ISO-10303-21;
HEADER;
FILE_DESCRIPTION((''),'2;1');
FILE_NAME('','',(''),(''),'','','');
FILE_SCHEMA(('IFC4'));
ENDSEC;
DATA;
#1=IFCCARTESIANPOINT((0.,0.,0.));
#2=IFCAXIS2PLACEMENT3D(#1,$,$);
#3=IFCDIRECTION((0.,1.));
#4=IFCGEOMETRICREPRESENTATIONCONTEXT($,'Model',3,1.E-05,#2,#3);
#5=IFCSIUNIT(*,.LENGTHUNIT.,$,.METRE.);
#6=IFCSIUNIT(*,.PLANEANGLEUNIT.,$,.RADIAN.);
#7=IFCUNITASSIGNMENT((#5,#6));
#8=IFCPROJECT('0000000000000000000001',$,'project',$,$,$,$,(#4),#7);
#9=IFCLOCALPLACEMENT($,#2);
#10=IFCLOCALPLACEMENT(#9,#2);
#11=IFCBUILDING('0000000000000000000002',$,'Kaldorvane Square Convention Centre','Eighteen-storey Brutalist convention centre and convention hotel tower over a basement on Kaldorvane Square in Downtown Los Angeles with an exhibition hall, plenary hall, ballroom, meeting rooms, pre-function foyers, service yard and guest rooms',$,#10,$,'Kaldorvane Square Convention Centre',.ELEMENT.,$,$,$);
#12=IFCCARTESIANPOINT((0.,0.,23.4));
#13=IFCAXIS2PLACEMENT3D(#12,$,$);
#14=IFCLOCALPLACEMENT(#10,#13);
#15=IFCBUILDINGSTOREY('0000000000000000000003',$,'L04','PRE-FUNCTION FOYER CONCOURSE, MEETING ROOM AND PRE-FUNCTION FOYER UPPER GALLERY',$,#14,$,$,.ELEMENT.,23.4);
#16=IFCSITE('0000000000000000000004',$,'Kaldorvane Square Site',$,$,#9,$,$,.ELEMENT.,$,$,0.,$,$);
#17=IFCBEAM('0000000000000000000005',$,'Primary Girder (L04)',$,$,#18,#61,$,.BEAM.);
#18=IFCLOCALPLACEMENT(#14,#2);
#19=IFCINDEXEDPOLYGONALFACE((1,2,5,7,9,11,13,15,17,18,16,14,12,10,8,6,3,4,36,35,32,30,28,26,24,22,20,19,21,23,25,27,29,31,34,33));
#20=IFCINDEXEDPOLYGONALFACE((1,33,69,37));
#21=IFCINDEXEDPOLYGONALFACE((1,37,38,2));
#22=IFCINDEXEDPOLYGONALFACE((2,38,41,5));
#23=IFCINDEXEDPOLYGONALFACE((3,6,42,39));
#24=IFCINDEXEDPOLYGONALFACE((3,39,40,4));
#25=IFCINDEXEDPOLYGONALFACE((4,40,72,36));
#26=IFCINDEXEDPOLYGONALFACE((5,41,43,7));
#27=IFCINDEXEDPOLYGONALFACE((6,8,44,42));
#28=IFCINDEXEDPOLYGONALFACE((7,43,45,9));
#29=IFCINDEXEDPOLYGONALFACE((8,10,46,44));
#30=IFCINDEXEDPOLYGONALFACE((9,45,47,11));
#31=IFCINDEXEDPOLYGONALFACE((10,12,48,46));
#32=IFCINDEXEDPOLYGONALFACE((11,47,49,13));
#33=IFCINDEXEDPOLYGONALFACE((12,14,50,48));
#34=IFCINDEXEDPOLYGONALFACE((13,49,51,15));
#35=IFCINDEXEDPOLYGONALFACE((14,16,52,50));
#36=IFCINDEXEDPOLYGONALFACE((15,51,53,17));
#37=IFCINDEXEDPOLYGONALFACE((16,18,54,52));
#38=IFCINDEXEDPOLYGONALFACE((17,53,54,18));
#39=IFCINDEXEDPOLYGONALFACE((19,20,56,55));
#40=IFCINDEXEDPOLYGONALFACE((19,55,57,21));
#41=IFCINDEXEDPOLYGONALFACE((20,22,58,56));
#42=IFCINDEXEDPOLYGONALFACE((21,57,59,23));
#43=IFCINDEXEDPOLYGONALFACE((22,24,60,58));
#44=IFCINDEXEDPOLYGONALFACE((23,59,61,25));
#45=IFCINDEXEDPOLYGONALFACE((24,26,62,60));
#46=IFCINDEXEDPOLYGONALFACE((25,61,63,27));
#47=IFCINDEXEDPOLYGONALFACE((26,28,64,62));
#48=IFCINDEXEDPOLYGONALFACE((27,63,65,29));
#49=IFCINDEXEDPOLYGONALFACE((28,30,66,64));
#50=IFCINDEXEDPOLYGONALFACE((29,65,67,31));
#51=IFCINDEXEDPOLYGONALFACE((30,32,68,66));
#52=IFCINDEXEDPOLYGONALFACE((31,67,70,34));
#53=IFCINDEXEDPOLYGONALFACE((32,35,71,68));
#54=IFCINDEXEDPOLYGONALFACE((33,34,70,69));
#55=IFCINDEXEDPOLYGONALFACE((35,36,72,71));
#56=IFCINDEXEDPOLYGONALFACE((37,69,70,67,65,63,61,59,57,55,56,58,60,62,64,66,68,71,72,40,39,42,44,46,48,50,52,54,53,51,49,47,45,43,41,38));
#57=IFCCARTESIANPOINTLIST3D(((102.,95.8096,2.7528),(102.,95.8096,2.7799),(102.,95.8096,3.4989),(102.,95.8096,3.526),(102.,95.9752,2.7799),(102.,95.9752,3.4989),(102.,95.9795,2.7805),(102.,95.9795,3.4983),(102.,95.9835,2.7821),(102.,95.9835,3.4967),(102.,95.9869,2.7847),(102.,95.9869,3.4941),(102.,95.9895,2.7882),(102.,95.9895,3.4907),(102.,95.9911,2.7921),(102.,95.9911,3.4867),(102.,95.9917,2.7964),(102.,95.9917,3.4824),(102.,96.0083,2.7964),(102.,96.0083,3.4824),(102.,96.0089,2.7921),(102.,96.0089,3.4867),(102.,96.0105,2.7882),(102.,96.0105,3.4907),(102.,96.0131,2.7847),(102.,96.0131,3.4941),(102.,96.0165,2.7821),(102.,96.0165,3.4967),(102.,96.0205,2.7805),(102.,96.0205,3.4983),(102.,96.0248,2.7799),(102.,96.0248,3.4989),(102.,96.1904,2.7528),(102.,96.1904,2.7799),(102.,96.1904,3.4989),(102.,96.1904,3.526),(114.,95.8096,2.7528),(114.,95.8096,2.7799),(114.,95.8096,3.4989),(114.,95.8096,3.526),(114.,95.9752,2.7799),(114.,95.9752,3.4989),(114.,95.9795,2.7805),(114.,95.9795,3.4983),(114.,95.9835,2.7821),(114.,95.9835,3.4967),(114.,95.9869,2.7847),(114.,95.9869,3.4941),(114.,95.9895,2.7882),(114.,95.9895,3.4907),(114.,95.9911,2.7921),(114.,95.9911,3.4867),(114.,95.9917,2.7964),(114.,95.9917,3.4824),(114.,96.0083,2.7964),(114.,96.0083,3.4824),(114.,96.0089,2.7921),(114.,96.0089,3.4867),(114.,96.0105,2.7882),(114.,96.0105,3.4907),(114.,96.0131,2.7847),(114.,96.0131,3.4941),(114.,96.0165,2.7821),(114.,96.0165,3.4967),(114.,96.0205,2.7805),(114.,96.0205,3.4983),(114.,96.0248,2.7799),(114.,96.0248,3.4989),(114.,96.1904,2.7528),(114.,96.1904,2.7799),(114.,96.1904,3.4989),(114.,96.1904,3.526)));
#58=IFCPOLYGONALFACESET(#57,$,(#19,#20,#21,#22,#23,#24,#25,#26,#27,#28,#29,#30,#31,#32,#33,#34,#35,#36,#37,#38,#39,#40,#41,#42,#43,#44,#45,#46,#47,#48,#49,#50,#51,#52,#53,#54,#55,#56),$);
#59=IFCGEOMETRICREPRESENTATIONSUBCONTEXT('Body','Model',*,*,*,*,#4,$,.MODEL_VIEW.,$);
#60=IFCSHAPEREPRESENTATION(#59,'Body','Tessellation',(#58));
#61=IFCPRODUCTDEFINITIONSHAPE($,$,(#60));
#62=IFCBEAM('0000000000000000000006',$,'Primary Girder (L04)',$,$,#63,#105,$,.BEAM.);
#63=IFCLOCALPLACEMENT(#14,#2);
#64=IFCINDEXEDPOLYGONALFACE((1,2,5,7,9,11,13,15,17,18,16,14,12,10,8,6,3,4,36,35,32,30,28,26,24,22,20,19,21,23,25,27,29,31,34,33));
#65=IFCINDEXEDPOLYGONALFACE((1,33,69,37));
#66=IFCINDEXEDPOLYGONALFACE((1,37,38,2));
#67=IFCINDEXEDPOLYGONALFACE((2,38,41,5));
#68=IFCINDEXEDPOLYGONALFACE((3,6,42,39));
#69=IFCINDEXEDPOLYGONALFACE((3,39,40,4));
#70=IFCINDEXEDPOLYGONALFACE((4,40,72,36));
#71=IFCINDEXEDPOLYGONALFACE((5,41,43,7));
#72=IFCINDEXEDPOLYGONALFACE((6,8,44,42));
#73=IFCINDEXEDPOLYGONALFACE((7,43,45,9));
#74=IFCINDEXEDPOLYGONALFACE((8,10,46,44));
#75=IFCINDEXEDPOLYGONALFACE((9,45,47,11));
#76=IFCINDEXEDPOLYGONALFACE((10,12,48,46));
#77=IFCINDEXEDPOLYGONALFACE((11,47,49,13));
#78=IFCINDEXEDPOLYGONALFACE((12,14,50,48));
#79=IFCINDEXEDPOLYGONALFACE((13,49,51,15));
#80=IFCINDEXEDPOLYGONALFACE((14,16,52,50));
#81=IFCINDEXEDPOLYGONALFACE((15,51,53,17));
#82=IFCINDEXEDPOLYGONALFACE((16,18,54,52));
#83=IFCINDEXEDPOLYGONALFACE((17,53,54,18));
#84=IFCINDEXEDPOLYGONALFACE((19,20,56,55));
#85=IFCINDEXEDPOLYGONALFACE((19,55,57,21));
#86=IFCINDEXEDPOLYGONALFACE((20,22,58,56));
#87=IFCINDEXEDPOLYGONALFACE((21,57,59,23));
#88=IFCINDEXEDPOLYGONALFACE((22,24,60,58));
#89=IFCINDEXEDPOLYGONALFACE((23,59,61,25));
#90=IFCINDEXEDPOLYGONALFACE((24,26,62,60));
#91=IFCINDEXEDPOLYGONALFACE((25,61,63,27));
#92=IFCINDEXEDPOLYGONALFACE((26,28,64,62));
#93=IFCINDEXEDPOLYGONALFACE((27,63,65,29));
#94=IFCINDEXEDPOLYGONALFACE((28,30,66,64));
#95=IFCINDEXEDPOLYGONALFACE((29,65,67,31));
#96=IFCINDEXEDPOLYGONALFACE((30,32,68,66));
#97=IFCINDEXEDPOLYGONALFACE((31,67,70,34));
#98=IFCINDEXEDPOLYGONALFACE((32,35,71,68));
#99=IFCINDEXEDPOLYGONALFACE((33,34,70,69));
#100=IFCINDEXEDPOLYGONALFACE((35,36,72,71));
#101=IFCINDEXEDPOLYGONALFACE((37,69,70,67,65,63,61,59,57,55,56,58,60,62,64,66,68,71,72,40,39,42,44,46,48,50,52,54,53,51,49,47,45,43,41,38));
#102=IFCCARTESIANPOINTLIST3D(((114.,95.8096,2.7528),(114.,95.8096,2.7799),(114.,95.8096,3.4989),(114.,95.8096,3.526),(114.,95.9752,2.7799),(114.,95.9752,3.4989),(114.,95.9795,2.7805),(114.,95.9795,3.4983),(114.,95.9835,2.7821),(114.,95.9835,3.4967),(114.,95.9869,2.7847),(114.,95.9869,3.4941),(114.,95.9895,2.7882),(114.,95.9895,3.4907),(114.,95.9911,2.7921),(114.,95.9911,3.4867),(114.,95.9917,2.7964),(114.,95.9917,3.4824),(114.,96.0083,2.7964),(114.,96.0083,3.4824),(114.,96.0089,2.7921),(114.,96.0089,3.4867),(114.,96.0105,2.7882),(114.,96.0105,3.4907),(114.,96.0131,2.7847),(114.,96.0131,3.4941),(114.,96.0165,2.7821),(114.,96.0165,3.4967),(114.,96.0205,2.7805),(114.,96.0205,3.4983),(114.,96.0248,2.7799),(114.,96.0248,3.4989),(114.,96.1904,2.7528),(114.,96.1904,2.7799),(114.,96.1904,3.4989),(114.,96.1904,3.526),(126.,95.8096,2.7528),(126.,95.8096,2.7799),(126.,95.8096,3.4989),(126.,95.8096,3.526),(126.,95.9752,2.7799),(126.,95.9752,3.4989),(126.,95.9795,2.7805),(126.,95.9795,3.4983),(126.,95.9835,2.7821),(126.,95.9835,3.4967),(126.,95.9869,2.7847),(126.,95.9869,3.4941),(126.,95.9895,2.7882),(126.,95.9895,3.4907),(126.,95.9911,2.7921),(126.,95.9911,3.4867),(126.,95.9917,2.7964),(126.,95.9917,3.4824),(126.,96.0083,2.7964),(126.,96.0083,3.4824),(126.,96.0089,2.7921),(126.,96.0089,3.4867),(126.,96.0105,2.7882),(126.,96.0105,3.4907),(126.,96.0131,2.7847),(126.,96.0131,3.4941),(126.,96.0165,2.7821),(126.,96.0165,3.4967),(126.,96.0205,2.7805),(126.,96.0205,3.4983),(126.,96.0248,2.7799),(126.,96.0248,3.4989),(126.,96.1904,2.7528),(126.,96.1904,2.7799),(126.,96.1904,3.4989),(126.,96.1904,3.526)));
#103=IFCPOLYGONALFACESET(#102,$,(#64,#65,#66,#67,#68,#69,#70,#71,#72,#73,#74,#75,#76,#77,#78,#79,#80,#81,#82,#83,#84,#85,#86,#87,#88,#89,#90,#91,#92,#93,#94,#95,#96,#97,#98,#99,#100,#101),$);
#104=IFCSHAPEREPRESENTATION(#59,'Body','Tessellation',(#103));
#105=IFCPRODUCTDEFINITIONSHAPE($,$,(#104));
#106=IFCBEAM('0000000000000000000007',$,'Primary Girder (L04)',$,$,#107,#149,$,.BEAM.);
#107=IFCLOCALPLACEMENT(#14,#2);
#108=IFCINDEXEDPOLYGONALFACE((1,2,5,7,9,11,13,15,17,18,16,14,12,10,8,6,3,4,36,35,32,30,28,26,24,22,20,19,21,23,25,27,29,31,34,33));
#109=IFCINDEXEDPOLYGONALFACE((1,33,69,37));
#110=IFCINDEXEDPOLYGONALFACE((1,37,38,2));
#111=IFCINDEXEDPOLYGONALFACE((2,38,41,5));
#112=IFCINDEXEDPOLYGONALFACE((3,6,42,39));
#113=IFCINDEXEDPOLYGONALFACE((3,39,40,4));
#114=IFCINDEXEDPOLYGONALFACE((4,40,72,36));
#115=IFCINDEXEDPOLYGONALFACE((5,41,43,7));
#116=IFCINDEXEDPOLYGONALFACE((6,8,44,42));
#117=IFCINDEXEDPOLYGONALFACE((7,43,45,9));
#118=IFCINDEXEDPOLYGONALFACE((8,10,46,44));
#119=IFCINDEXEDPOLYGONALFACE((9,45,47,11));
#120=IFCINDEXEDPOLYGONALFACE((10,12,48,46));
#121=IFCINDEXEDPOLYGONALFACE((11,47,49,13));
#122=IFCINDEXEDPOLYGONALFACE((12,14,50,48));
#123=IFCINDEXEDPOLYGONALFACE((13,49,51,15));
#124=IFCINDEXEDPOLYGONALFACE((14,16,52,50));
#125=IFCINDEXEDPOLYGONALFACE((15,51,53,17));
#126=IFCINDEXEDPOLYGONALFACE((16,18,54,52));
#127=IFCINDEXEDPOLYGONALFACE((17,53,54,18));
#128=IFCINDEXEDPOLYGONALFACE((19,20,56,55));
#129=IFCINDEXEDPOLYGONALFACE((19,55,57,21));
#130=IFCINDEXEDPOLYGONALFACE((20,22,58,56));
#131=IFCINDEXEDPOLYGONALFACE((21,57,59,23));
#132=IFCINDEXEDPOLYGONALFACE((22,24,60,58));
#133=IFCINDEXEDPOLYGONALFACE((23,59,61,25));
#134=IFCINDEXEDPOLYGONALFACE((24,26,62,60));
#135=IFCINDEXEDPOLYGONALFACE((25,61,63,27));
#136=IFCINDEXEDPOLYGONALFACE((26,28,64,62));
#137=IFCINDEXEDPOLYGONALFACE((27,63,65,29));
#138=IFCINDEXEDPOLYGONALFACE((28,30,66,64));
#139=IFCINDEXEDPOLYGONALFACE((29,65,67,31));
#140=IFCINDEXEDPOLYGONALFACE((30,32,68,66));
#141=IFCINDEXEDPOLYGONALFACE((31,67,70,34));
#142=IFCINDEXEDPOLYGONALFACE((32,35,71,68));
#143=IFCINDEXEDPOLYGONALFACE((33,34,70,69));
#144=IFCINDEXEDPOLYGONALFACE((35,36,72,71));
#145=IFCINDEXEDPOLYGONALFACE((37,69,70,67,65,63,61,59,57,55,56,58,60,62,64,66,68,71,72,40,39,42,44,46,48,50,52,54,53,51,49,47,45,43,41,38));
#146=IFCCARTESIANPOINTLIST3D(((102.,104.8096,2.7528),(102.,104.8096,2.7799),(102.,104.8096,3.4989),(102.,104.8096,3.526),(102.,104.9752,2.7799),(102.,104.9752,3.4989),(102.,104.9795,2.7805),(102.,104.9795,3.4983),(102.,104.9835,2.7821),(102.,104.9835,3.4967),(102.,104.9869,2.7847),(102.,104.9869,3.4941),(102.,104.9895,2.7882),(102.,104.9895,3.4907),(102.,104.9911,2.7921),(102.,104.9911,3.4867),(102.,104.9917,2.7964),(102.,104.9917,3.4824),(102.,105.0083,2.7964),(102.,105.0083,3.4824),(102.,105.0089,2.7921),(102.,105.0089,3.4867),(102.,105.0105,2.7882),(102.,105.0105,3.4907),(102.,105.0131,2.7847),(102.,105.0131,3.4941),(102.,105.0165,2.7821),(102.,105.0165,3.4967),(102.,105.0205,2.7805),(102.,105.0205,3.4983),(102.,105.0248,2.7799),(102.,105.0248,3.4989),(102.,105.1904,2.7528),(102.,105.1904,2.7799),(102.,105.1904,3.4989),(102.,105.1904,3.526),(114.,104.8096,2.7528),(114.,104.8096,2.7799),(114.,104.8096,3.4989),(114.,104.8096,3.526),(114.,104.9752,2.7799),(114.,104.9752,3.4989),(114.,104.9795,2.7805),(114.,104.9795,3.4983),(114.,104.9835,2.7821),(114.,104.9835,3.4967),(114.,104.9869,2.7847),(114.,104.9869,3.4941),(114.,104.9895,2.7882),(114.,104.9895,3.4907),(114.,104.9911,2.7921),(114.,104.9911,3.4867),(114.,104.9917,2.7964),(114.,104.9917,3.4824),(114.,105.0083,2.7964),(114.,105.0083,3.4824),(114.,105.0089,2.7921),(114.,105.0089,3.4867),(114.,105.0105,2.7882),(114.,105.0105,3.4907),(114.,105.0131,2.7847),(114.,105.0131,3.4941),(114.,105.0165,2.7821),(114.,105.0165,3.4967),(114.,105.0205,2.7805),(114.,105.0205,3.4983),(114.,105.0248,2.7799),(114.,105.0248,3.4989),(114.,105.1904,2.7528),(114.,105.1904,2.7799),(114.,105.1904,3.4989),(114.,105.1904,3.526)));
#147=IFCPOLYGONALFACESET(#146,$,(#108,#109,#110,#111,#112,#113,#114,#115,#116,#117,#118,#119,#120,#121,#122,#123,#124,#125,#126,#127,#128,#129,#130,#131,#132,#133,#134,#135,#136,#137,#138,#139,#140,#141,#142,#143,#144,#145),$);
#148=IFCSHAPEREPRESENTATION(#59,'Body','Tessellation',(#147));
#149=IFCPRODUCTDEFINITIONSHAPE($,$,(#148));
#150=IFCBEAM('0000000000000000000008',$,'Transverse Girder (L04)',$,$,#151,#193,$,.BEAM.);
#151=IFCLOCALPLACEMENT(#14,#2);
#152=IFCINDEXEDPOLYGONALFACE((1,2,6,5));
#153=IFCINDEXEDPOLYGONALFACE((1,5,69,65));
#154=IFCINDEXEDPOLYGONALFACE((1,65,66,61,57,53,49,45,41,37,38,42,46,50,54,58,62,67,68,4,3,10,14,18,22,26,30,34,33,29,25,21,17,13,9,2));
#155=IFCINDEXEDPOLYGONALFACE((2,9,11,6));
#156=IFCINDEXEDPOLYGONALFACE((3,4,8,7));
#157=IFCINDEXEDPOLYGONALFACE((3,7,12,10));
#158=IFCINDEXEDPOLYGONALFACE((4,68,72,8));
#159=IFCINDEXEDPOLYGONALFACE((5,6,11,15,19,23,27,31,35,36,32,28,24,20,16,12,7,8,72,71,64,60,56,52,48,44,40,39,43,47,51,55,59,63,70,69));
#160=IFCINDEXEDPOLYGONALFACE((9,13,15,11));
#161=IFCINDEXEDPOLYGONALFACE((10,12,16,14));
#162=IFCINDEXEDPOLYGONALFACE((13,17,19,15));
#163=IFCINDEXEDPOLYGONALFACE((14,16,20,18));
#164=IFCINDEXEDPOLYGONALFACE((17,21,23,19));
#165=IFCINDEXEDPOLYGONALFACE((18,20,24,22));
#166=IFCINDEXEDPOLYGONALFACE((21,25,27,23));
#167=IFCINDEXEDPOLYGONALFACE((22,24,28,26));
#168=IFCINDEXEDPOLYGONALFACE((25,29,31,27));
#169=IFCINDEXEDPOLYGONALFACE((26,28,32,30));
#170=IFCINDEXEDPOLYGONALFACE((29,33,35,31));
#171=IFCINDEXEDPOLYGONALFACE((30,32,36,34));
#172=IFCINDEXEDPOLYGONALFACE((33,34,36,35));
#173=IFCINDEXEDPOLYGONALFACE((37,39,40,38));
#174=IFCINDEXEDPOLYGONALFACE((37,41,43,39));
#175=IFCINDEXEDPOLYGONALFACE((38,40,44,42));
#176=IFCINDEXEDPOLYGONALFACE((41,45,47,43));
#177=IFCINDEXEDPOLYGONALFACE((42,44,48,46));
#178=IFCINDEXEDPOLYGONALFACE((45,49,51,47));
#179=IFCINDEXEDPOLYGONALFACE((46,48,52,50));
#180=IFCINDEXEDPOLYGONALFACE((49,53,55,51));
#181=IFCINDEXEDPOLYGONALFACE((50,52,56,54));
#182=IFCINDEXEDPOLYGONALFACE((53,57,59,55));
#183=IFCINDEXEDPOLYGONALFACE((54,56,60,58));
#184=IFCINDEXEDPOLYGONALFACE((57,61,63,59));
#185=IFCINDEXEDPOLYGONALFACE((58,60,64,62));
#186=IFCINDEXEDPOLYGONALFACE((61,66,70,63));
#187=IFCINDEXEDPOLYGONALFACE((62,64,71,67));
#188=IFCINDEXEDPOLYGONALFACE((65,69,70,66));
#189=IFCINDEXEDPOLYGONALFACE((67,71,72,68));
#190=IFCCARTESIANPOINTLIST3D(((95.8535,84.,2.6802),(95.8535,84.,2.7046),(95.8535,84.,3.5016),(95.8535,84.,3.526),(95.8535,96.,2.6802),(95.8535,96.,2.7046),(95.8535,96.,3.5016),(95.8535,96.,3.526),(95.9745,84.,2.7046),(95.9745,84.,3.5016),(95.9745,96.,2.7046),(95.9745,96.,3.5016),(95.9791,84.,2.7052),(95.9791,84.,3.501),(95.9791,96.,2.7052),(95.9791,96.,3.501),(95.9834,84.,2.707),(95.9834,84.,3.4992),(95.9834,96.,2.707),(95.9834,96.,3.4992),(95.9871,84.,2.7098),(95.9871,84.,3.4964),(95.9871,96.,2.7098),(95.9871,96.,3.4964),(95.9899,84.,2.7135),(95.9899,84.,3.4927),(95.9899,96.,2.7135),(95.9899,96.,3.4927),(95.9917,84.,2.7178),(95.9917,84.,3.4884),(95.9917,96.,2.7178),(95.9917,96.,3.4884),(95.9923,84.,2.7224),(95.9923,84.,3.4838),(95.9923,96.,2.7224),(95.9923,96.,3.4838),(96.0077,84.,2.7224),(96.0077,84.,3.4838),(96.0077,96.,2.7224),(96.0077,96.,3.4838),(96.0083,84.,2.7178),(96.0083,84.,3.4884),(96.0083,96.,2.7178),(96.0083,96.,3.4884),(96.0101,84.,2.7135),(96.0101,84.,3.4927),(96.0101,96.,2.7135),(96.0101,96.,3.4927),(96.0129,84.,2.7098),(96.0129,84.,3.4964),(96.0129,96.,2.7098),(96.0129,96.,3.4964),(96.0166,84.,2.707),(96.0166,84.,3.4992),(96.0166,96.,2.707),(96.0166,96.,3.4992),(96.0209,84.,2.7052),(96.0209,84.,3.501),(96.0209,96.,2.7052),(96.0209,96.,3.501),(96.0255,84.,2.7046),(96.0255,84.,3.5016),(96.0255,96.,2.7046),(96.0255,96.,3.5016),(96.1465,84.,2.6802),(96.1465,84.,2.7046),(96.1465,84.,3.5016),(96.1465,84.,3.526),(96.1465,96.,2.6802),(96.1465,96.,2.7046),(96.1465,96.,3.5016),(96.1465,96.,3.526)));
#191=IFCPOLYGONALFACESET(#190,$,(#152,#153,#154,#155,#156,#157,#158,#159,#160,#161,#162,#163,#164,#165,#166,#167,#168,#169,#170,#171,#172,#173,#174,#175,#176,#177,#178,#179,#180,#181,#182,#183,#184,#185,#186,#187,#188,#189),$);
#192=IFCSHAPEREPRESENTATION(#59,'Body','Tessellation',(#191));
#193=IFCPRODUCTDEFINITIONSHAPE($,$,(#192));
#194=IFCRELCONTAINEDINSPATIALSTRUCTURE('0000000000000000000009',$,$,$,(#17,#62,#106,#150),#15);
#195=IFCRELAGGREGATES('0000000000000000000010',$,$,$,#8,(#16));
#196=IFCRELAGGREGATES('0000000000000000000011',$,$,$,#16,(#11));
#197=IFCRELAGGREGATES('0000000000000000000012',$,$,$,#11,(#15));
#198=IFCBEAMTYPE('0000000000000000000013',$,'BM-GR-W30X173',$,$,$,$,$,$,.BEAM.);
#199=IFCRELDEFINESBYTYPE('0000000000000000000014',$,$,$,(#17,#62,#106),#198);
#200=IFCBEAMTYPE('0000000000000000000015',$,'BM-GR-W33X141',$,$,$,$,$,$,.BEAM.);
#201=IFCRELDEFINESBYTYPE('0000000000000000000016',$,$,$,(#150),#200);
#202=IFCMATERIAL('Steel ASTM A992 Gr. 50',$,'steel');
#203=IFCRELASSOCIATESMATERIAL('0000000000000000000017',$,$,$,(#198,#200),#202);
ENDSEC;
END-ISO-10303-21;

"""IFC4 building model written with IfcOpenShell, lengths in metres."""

from ifc_helpers import new_model, si_unit, direction, frame, origin, origin_2d, place, context, subcontext, project, spatial, i_section, extrude, material, material_profile, profile_set, type_object, element, save


model = new_model("IFC4")

# Units and contexts
model_context = context("Model", 3, precision=1e-05, world=origin(), true_north=direction((0.0, 1.0)))
body_context = subcontext(model_context, "Body", "Model", "MODEL_VIEW")
ifc_project = project(units=[si_unit("LENGTHUNIT", "METRE"), si_unit("PLANEANGLEUNIT", "RADIAN")], contexts=[model_context])

# Site, building, storey
site_placement = place(None, origin())
site = spatial("IfcSite", under=ifc_project, at=site_placement, Name="Kaldorvane Square Site", CompositionType="ELEMENT", RefElevation=0.0)
building_placement = place(site_placement, origin())
building = spatial("IfcBuilding", under=site, at=building_placement, Name="Kaldorvane Square Convention Centre", Description="Eighteen-storey Brutalist convention centre and convention hotel tower over a basement on Kaldorvane Square in Downtown Los Angeles with an exhibition hall, plenary hall, ballroom, meeting rooms, pre-function foyers, service yard and guest rooms", LongName="Kaldorvane Square Convention Centre", CompositionType="ELEMENT")
storey_placement = place(building_placement, frame((0.0, 0.0, 23.4)))
storey = spatial("IfcBuildingStorey", under=building, at=storey_placement, Name="L04", Description="PRE-FUNCTION FOYER CONCOURSE, MEETING ROOM AND PRE-FUNCTION FOYER UPPER GALLERY", CompositionType="ELEMENT", Elevation=23.4)

# Shared definitions
ifc_material = material(Name="Steel ASTM A992 Gr. 50", Category="steel")

# Beams
ifc_material_profile_1 = material_profile(ifc_material, i_section(OverallWidth=0.3807, OverallDepth=0.7732, WebThickness=0.0166, FlangeThickness=0.0271, FilletRadius=0.0165, at=origin_2d()), Name="W30X173")
ifc_profile_set_1 = profile_set([ifc_material_profile_1], Name="Steel ASTM A992 Gr. 50")
beam_type_1 = type_object("IfcBeamType", Name="BM-GR-W30X173", PredefinedType="BEAM", material=ifc_profile_set_1)
for number, where, z_axis, x_axis, name in (
    (1, (102.0, 96.0, 3.1394), (1.0, 0.0, 0.0), (0.0, 1.0, 0.0), "Primary Girder (L04)"),
    (2, (114.0, 96.0, 3.1394), (1.0, 0.0, 0.0), (0.0, 1.0, 0.0), "Primary Girder (L04)"),
    (3, (102.0, 105.0, 3.1394), (1.0, 0.0, 0.0), (0.0, 1.0, 0.0), "Primary Girder (L04)"),
):
    element("IfcBeam", number, at=place(storey_placement, frame(where, z_axis=z_axis, x_axis=x_axis)), inside=storey, type_object=beam_type_1, Name=name, PredefinedType="BEAM", context=body_context, shape_type="SweptSolid", body=[
        extrude(i_section(OverallWidth=0.3807, OverallDepth=0.7732, WebThickness=0.0166, FlangeThickness=0.0271, FilletRadius=0.0165, at=origin_2d()), origin(), (0.0, 0.0, 1.0), 12.0),
    ])
ifc_material_profile_2 = material_profile(ifc_material, i_section(OverallWidth=0.293, OverallDepth=0.8458, WebThickness=0.0154, FlangeThickness=0.0244, FilletRadius=0.0178, at=origin_2d()), Name="W33X141")
ifc_profile_set_2 = profile_set([ifc_material_profile_2], Name="Steel ASTM A992 Gr. 50")
beam_type_2 = type_object("IfcBeamType", Name="BM-GR-W33X141", PredefinedType="BEAM", material=ifc_profile_set_2)
for number, where, z_axis, x_axis, name in (
    (4, (96.0, 84.0, 3.1031), (0.0, 1.0, 0.0), (-1.0, 0.0, 0.0), "Transverse Girder (L04)"),
):
    element("IfcBeam", number, at=place(storey_placement, frame(where, z_axis=z_axis, x_axis=x_axis)), inside=storey, type_object=beam_type_2, Name=name, PredefinedType="BEAM", context=body_context, shape_type="SweptSolid", body=[
        extrude(i_section(OverallWidth=0.293, OverallDepth=0.8458, WebThickness=0.0154, FlangeThickness=0.0244, FilletRadius=0.0178, at=origin_2d()), origin(), (0.0, 0.0, 1.0), 12.0),
    ])

save(model, "model.ifc")
